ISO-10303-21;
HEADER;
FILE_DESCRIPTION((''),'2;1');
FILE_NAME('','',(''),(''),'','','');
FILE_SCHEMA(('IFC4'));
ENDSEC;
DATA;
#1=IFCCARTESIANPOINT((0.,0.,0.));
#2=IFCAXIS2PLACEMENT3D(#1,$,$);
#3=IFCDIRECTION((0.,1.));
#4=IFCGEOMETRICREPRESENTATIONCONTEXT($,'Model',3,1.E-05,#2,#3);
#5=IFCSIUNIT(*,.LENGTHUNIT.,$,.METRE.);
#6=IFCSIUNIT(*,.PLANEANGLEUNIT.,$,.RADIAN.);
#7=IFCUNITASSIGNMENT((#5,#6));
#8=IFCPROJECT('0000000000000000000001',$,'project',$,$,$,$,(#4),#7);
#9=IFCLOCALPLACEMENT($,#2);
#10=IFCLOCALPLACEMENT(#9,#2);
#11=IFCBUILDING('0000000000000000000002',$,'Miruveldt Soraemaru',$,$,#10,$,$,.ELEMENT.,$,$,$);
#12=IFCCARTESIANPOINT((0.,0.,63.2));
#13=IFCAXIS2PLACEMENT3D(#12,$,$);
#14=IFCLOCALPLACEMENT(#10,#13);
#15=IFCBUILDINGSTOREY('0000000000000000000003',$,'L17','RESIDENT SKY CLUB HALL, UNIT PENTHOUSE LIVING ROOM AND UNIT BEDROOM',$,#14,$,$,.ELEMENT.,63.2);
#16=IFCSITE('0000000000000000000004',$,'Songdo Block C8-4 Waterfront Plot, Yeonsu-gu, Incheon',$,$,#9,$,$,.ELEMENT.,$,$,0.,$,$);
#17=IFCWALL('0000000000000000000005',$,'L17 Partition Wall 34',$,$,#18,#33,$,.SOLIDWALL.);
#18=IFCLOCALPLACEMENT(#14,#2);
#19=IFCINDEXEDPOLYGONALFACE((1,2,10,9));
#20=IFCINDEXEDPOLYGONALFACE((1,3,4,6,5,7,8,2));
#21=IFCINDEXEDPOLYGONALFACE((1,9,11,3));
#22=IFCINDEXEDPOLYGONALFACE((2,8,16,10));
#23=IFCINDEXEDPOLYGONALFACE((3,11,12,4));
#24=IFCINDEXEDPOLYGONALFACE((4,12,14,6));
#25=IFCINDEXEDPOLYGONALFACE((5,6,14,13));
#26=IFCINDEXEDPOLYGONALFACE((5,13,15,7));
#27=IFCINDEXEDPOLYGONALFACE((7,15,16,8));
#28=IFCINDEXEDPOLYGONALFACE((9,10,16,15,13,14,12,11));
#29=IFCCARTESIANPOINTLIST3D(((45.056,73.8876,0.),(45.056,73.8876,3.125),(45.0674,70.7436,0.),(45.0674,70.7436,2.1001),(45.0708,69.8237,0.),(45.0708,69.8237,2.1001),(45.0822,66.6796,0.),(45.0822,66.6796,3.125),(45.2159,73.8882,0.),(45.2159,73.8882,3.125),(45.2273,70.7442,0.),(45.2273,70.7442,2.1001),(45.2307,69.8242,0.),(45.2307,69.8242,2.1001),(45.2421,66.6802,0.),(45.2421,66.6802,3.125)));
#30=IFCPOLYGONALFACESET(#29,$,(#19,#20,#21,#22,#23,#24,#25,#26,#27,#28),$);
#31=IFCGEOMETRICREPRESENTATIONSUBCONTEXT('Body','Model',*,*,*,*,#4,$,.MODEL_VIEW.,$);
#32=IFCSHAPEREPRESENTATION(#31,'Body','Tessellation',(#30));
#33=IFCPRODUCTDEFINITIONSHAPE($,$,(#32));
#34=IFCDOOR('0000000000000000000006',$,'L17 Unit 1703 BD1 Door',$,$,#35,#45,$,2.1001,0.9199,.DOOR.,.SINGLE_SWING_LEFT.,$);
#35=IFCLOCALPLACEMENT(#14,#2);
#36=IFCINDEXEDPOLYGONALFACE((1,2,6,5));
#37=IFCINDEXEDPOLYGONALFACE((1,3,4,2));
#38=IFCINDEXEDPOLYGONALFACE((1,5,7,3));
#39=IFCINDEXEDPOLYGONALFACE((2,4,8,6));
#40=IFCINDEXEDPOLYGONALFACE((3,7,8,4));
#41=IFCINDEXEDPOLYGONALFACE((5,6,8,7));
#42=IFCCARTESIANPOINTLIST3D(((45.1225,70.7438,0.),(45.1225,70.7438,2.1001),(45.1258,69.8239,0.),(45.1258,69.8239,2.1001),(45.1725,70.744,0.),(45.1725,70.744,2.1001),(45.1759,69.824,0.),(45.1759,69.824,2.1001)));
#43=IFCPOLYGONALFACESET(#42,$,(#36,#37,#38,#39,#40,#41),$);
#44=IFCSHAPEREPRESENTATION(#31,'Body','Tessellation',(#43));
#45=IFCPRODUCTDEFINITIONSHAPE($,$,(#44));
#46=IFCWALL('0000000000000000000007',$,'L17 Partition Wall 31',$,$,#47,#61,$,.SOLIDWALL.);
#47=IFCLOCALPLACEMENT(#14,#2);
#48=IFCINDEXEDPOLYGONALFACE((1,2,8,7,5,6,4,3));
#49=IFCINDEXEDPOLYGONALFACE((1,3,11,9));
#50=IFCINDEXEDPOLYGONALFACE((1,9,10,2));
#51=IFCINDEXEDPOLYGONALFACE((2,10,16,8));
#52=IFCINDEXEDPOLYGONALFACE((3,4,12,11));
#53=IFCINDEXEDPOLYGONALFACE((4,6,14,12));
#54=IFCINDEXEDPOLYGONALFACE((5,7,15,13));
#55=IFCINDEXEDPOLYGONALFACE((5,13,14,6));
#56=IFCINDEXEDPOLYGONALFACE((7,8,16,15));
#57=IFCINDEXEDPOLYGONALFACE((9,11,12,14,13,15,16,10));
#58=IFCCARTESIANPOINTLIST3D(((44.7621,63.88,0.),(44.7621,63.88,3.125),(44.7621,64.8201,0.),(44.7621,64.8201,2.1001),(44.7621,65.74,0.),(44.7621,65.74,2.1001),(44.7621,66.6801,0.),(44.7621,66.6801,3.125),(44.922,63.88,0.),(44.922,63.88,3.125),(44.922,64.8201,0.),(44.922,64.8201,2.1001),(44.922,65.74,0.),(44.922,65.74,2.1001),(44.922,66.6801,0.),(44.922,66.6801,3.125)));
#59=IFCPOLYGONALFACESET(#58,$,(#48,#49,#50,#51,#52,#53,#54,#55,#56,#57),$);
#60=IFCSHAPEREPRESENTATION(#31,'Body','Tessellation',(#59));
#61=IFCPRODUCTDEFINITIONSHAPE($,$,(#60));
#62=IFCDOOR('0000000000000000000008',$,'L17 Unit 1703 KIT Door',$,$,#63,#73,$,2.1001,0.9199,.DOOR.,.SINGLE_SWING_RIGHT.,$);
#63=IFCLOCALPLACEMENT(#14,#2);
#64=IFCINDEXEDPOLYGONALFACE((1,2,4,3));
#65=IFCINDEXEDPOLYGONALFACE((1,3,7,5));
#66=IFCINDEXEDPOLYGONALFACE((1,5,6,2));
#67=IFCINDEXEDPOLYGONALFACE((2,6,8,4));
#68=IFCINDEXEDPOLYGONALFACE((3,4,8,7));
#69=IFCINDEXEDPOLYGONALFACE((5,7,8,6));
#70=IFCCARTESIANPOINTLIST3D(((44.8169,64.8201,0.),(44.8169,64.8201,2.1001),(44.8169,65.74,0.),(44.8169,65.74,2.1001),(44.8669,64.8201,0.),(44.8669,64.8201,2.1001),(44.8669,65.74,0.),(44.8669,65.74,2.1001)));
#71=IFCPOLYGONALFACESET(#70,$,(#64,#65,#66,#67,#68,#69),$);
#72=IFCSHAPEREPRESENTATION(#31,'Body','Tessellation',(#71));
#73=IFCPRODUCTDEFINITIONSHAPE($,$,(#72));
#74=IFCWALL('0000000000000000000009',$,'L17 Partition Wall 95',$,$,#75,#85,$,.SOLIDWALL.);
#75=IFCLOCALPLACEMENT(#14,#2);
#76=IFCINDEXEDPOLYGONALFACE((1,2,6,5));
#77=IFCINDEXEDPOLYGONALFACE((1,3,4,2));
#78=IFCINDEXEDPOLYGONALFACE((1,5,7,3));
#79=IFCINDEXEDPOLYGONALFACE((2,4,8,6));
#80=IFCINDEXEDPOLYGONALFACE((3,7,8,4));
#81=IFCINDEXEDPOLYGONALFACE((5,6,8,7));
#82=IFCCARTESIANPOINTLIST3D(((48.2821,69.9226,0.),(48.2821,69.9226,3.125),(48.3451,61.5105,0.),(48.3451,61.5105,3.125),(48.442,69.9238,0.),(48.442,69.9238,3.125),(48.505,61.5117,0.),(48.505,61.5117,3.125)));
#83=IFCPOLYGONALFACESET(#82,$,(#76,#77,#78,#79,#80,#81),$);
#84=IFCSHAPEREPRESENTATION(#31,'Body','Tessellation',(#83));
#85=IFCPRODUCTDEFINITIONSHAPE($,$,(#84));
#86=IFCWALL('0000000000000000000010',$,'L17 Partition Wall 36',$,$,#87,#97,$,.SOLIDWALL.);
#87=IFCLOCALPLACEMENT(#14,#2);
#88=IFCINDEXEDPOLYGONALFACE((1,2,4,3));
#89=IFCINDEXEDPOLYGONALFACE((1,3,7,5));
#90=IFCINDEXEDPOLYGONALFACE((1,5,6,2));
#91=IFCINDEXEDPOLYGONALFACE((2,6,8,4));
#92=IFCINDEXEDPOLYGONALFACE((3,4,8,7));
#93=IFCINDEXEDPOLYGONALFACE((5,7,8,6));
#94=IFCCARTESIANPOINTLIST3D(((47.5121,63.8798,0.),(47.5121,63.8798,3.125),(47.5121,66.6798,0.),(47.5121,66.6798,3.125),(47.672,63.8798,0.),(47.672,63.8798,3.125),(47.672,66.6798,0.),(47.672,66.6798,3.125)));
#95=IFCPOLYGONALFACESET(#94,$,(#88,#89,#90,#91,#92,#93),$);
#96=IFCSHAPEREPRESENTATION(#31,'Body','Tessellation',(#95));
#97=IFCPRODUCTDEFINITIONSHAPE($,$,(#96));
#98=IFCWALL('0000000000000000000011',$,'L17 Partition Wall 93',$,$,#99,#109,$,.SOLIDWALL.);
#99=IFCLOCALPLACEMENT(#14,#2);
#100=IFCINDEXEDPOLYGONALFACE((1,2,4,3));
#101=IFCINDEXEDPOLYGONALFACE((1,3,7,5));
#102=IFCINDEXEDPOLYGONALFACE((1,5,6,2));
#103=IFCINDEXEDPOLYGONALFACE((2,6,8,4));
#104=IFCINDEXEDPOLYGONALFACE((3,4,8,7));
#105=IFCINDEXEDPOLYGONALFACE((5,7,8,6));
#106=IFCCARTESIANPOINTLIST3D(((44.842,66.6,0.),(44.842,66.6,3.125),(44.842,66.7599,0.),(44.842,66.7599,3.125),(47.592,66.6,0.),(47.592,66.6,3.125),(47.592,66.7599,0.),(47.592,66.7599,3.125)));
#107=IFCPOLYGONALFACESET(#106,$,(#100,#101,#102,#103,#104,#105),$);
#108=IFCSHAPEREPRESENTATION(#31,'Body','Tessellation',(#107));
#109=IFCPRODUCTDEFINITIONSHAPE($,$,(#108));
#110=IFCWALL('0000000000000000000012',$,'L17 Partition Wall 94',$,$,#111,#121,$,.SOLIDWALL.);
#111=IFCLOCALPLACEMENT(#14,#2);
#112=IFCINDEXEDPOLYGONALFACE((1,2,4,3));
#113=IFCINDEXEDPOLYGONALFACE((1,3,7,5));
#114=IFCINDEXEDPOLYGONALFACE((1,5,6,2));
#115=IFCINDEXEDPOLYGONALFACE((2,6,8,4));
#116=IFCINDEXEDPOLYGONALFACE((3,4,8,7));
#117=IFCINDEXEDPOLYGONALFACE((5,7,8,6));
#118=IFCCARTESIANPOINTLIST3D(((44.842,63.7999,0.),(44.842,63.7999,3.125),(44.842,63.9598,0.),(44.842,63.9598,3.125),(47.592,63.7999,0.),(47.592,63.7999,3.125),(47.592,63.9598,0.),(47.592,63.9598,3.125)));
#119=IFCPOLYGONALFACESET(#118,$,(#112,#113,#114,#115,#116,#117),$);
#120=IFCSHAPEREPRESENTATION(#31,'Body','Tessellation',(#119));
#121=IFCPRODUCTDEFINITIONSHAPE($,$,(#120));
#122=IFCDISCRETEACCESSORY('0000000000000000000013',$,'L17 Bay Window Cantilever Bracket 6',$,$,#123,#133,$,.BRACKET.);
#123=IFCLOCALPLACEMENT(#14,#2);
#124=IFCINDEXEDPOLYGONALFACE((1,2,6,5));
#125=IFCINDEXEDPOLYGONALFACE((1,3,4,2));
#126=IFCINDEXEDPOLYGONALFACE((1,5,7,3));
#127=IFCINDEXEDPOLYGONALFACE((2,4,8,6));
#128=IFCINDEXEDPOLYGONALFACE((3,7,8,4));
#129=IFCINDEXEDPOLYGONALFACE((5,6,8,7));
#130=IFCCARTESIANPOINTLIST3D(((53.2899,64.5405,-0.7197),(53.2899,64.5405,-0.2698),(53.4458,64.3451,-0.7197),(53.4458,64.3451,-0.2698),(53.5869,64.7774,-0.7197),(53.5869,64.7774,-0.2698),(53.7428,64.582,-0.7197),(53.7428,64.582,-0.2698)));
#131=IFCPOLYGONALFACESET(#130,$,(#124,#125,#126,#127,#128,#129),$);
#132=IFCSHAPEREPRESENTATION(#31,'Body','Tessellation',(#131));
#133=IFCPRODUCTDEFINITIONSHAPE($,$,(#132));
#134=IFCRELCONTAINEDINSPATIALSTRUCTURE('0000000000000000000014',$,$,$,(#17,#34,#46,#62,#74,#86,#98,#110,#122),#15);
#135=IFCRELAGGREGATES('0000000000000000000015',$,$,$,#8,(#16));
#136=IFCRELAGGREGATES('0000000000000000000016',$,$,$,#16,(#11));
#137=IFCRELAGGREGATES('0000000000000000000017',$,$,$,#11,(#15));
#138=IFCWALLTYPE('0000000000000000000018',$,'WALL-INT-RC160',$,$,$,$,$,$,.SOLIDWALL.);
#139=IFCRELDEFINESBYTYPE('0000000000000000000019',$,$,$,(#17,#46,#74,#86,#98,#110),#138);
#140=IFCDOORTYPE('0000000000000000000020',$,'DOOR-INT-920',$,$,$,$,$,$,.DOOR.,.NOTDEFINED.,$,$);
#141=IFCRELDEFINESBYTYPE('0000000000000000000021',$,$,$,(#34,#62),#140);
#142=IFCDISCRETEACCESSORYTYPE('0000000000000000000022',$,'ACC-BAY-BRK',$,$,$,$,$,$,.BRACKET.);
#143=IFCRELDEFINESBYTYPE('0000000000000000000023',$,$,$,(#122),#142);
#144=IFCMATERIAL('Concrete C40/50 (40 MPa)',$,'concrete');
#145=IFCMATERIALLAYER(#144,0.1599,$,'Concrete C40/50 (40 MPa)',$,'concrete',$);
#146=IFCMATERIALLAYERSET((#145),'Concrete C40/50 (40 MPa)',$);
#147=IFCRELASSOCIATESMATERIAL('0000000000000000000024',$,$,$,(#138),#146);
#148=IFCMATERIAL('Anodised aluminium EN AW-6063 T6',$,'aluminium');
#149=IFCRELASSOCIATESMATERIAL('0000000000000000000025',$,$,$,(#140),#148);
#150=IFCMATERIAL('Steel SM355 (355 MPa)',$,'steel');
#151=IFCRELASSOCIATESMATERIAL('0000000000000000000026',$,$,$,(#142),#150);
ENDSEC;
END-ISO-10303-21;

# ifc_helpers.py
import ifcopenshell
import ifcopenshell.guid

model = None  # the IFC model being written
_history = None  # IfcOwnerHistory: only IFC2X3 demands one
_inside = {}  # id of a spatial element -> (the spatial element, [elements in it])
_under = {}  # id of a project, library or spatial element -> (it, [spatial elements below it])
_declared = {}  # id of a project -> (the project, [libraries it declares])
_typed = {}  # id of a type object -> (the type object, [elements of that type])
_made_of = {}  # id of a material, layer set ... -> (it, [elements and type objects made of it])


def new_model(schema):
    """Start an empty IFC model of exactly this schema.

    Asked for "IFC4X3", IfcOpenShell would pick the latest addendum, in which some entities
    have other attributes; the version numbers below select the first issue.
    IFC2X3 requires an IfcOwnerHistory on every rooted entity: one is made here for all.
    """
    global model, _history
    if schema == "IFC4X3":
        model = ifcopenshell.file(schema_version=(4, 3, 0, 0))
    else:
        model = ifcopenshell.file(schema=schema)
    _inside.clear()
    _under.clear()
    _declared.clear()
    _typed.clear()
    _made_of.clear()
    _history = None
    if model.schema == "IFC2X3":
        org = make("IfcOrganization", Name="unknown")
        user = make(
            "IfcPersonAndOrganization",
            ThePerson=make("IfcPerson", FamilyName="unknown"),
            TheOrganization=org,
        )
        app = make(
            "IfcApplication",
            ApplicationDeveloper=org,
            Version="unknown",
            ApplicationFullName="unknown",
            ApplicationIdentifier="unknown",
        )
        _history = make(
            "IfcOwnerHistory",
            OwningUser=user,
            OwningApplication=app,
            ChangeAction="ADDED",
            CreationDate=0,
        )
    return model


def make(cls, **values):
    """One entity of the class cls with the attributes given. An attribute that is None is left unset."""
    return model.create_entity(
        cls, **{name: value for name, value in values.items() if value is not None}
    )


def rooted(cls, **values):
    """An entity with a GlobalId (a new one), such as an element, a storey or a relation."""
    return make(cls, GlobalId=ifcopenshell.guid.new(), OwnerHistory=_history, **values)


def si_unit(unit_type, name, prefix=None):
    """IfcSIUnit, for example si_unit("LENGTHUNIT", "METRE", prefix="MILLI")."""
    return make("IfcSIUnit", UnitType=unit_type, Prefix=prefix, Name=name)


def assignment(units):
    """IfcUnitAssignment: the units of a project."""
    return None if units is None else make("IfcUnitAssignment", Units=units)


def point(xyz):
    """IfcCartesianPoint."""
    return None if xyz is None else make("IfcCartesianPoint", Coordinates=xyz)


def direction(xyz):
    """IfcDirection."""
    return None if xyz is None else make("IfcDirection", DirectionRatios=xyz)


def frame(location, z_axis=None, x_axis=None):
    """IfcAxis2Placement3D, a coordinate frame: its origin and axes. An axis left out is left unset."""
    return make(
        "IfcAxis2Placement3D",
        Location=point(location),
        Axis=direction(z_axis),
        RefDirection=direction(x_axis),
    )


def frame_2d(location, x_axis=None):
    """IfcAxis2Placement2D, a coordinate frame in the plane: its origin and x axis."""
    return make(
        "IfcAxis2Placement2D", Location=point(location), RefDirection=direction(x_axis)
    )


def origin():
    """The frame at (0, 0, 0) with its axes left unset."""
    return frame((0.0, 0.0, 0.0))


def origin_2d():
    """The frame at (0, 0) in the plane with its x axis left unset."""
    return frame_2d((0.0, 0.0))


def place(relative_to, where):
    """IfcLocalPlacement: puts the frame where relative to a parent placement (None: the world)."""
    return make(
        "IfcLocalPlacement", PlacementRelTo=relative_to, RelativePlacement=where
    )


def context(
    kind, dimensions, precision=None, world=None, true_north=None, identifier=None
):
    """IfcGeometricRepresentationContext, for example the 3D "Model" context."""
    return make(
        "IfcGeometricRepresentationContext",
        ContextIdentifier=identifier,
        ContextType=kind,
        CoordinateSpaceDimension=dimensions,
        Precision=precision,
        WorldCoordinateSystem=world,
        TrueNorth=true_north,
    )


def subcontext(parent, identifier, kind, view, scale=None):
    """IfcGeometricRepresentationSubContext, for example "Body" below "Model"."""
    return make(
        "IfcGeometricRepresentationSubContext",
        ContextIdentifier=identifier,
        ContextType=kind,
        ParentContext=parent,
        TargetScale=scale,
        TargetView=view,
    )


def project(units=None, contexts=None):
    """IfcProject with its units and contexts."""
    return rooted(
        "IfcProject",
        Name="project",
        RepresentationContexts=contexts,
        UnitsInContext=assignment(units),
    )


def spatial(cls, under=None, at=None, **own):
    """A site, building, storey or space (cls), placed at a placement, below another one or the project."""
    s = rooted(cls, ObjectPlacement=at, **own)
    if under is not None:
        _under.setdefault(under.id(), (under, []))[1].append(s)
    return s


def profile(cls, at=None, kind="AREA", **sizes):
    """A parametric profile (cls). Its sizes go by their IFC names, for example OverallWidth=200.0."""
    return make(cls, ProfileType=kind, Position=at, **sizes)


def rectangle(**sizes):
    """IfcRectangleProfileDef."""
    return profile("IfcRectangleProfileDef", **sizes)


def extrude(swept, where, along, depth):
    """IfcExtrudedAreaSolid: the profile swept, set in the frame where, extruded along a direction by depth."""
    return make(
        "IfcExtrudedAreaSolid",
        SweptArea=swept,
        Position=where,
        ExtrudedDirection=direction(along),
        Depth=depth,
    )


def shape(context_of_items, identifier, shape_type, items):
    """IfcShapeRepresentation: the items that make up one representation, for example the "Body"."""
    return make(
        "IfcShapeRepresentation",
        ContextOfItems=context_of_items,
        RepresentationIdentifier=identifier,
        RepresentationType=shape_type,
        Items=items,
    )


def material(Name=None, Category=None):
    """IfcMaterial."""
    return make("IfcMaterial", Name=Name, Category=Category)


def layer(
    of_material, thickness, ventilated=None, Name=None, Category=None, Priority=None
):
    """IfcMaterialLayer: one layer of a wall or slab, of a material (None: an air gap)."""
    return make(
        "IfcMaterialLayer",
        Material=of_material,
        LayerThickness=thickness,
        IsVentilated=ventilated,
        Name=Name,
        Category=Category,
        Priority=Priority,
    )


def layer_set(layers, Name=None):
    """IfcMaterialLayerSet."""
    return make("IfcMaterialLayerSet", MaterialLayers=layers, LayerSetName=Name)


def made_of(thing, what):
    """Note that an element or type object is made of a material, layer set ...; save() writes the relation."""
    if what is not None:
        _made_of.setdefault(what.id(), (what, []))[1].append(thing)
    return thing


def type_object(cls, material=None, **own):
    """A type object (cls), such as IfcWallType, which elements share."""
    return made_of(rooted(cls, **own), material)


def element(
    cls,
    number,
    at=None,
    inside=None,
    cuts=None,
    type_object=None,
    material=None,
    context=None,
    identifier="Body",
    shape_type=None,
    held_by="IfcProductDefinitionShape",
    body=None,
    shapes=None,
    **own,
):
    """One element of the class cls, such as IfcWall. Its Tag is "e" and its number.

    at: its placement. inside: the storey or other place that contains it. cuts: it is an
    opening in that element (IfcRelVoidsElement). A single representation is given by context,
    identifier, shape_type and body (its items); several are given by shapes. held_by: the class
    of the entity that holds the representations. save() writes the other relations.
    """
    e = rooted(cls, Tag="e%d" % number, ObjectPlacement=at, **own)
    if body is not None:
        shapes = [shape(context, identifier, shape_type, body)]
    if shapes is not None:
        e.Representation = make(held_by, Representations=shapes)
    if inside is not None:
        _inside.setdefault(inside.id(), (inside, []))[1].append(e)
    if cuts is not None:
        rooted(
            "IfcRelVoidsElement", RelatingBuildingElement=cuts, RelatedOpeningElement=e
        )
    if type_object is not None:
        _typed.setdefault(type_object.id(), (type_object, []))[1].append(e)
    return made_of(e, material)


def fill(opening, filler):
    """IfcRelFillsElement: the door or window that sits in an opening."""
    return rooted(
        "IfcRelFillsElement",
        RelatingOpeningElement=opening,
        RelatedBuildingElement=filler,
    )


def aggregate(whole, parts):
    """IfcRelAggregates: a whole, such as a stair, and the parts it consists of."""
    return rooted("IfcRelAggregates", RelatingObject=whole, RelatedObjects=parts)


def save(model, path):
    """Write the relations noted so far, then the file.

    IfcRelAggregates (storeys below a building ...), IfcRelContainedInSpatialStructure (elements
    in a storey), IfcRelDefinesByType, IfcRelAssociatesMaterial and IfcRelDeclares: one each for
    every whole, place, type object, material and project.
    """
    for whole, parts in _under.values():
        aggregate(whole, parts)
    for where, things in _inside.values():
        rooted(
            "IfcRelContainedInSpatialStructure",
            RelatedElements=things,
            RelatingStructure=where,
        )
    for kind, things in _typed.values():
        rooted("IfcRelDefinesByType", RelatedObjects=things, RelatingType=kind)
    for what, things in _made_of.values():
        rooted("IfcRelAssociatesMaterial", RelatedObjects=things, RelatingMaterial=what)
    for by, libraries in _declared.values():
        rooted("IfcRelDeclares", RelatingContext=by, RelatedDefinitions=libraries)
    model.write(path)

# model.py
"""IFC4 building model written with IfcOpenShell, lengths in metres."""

from ifc_helpers import new_model, si_unit, direction, frame, frame_2d, origin, origin_2d, place, context, subcontext, project, spatial, rectangle, extrude, material, layer, layer_set, type_object, element, fill, save


model = new_model("IFC4")

# Units and contexts
model_context = context("Model", 3, precision=1e-05, world=origin(), true_north=direction((0.0, 1.0)))
body_context = subcontext(model_context, "Body", "Model", "MODEL_VIEW")
ifc_project = project(units=[si_unit("LENGTHUNIT", "METRE"), si_unit("PLANEANGLEUNIT", "RADIAN")], contexts=[model_context])

# Site, building, storey
site_placement = place(None, origin())
site = spatial("IfcSite", under=ifc_project, at=site_placement, Name="Songdo Block C8-4 Waterfront Plot, Yeonsu-gu, Incheon", CompositionType="ELEMENT", RefElevation=0.0)
building_placement = place(site_placement, origin())
building = spatial("IfcBuilding", under=site, at=building_placement, Name="Miruveldt Soraemaru", CompositionType="ELEMENT")
storey_placement = place(building_placement, frame((0.0, 0.0, 63.2)))
storey = spatial("IfcBuildingStorey", under=building, at=storey_placement, Name="L17", Description="RESIDENT SKY CLUB HALL, UNIT PENTHOUSE LIVING ROOM AND UNIT BEDROOM", CompositionType="ELEMENT", Elevation=63.2)

# Shared definitions
ifc_material_1 = material(Name="Steel SM355 (355 MPa)", Category="steel")

# Walls, openings, doors
ifc_material_2 = material(Name="Concrete C40/50 (40 MPa)", Category="concrete")
ifc_layer_1 = layer(ifc_material_2, 0.1599, Name="Concrete C40/50 (40 MPa)", Category="concrete")
ifc_layer_set_1 = layer_set([ifc_layer_1], Name="Concrete C40/50 (40 MPa)")
wall_type_1 = type_object("IfcWallType", Name="WALL-INT-RC160", PredefinedType="SOLIDWALL", material=ifc_layer_set_1)
wall_1_placement = place(storey_placement, frame((45.1621, 66.6799, 0.0), z_axis=(0.0, 0.0, 1.0), x_axis=(-0.003624, 0.999993, 0.0)))
wall_1 = element("IfcWall", 1, at=wall_1_placement, inside=storey, type_object=wall_type_1, Name="L17 Partition Wall 34", PredefinedType="SOLIDWALL", context=body_context, shape_type="SweptSolid", body=[
    extrude(rectangle(XDim=7.208, YDim=0.1599, at=frame_2d((3.604, 0.0))), origin(), (0.0, 0.0, 1.0), 3.125),
])
opening_1_placement = place(wall_1_placement, frame((3.144, 0.0, 0.0)))
opening_1 = element("IfcOpeningElement", 2, at=opening_1_placement, cuts=wall_1, PredefinedType="OPENING", context=body_context, shape_type="SweptSolid", body=[
    extrude(rectangle(XDim=0.9199, YDim=2.1001, at=frame_2d((0.46, 1.05))), frame((0.0, 0.0898, 0.0), z_axis=(0.0, -1.0, 0.0), x_axis=(1.0, 0.0, 0.0)), (0.0, 0.0, 1.0), 0.1799),
])
ifc_material_3 = material(Name="Anodised aluminium EN AW-6063 T6", Category="aluminium")
door_type = type_object("IfcDoorType", Name="DOOR-INT-920", OperationType="NOTDEFINED", PredefinedType="DOOR", material=ifc_material_3)
door_1_placement = place(opening_1_placement, origin())
door_1 = element("IfcDoor", 3, at=door_1_placement, inside=storey, type_object=door_type, Name="L17 Unit 1703 BD1 Door", OperationType="SINGLE_SWING_LEFT", OverallHeight=2.1001, OverallWidth=0.9199, PredefinedType="DOOR", context=body_context, shape_type="SweptSolid", body=[
    extrude(rectangle(XDim=0.9199, YDim=2.1001, at=frame_2d((0.46, 1.05))), frame((0.0, 0.0249, 0.0), z_axis=(0.0, -1.0, 0.0), x_axis=(1.0, 0.0, 0.0)), (0.0, 0.0, 1.0), 0.05),
])
fill(opening_1, door_1)
wall_2_placement = place(storey_placement, frame((44.842, 66.6799, 0.0), z_axis=(0.0, 0.0, 1.0), x_axis=(0.0, -1.0, 0.0)))
wall_2 = element("IfcWall", 4, at=wall_2_placement, inside=storey, type_object=wall_type_1, Name="L17 Partition Wall 31", PredefinedType="SOLIDWALL", context=body_context, shape_type="SweptSolid", body=[
    extrude(rectangle(XDim=2.8, YDim=0.1599, at=frame_2d((1.3999, 0.0))), origin(), (0.0, 0.0, 1.0), 3.125),
])
opening_2_placement = place(wall_2_placement, frame((0.9399, 0.0, 0.0)))
opening_2 = element("IfcOpeningElement", 5, at=opening_2_placement, cuts=wall_2, PredefinedType="OPENING", context=body_context, shape_type="SweptSolid", body=[
    extrude(rectangle(XDim=0.9199, YDim=2.1001, at=frame_2d((0.46, 1.05))), frame((0.0, 0.0898, 0.0), z_axis=(0.0, -1.0, 0.0), x_axis=(1.0, 0.0, 0.0)), (0.0, 0.0, 1.0), 0.1799),
])
door_2_placement = place(opening_2_placement, origin())
door_2 = element("IfcDoor", 6, at=door_2_placement, inside=storey, type_object=door_type, Name="L17 Unit 1703 KIT Door", OperationType="SINGLE_SWING_RIGHT", OverallHeight=2.1001, OverallWidth=0.9199, PredefinedType="DOOR", context=body_context, shape_type="SweptSolid", body=[
    extrude(rectangle(XDim=0.9199, YDim=2.1001, at=frame_2d((0.46, 1.05))), frame((0.0, 0.0249, 0.0), z_axis=(0.0, -1.0, 0.0), x_axis=(1.0, 0.0, 0.0)), (0.0, 0.0, 1.0), 0.05),
])
fill(opening_2, door_2)

# Walls
wall_3_placement = place(storey_placement, frame((48.3621, 69.9231, 0.0), z_axis=(0.0, 0.0, 1.0), x_axis=(0.007488, -0.999972, 0.0)))
element("IfcWall", 7, at=wall_3_placement, inside=storey, type_object=wall_type_1, Name="L17 Partition Wall 95", PredefinedType="SOLIDWALL", context=body_context, shape_type="SweptSolid", body=[
    extrude(rectangle(XDim=8.4124, YDim=0.1599, at=frame_2d((4.2061, 0.0))), origin(), (0.0, 0.0, 1.0), 3.125),
])
wall_4_placement = place(storey_placement, frame((47.592, 63.8799, 0.0), z_axis=(0.0, 0.0, 1.0), x_axis=(0.0, 1.0, 0.0)))
element("IfcWall", 8, at=wall_4_placement, inside=storey, type_object=wall_type_1, Name="L17 Partition Wall 36", PredefinedType="SOLIDWALL", context=body_context, shape_type="SweptSolid", body=[
    extrude(rectangle(XDim=2.8, YDim=0.1599, at=frame_2d((1.3999, 0.0))), origin(), (0.0, 0.0, 1.0), 3.125),
])
for number, where, z_axis, x_axis, name in (
    (9, (47.592, 66.6799, 0.0), (0.0, 0.0, 1.0), (-1.0, 0.0, 0.0), "L17 Partition Wall 93"),
    (10, (44.842, 63.8799, 0.0), (0.0, 0.0, 1.0), (1.0, 0.0, 0.0), "L17 Partition Wall 94"),
):
    element("IfcWall", number, at=place(storey_placement, frame(where, z_axis=z_axis, x_axis=x_axis)), inside=storey, type_object=wall_type_1, Name=name, PredefinedType="SOLIDWALL", context=body_context, shape_type="SweptSolid", body=[
        extrude(rectangle(XDim=2.75, YDim=0.1599, at=frame_2d((1.375, 0.0))), origin(), (0.0, 0.0, 1.0), 3.125),
    ])

# Discrete accessory
discrete_accessory_type = type_object("IfcDiscreteAccessoryType", Name="ACC-BAY-BRK", PredefinedType="BRACKET", material=ifc_material_1)
discrete_accessory_placement = place(storey_placement, frame((53.5164, 64.5613, -0.7197), z_axis=(0.0, 0.0, 1.0), x_axis=(0.781727, 0.62362, 0.0)))
element("IfcDiscreteAccessory", 11, at=discrete_accessory_placement, inside=storey, type_object=discrete_accessory_type, Name="L17 Bay Window Cantilever Bracket 6", PredefinedType="BRACKET", context=body_context, shape_type="SweptSolid", body=[
    extrude(rectangle(XDim=0.3799, YDim=0.25, at=origin_2d()), origin(), (0.0, 0.0, 1.0), 0.45),
])

save(model, "model.ifc")
